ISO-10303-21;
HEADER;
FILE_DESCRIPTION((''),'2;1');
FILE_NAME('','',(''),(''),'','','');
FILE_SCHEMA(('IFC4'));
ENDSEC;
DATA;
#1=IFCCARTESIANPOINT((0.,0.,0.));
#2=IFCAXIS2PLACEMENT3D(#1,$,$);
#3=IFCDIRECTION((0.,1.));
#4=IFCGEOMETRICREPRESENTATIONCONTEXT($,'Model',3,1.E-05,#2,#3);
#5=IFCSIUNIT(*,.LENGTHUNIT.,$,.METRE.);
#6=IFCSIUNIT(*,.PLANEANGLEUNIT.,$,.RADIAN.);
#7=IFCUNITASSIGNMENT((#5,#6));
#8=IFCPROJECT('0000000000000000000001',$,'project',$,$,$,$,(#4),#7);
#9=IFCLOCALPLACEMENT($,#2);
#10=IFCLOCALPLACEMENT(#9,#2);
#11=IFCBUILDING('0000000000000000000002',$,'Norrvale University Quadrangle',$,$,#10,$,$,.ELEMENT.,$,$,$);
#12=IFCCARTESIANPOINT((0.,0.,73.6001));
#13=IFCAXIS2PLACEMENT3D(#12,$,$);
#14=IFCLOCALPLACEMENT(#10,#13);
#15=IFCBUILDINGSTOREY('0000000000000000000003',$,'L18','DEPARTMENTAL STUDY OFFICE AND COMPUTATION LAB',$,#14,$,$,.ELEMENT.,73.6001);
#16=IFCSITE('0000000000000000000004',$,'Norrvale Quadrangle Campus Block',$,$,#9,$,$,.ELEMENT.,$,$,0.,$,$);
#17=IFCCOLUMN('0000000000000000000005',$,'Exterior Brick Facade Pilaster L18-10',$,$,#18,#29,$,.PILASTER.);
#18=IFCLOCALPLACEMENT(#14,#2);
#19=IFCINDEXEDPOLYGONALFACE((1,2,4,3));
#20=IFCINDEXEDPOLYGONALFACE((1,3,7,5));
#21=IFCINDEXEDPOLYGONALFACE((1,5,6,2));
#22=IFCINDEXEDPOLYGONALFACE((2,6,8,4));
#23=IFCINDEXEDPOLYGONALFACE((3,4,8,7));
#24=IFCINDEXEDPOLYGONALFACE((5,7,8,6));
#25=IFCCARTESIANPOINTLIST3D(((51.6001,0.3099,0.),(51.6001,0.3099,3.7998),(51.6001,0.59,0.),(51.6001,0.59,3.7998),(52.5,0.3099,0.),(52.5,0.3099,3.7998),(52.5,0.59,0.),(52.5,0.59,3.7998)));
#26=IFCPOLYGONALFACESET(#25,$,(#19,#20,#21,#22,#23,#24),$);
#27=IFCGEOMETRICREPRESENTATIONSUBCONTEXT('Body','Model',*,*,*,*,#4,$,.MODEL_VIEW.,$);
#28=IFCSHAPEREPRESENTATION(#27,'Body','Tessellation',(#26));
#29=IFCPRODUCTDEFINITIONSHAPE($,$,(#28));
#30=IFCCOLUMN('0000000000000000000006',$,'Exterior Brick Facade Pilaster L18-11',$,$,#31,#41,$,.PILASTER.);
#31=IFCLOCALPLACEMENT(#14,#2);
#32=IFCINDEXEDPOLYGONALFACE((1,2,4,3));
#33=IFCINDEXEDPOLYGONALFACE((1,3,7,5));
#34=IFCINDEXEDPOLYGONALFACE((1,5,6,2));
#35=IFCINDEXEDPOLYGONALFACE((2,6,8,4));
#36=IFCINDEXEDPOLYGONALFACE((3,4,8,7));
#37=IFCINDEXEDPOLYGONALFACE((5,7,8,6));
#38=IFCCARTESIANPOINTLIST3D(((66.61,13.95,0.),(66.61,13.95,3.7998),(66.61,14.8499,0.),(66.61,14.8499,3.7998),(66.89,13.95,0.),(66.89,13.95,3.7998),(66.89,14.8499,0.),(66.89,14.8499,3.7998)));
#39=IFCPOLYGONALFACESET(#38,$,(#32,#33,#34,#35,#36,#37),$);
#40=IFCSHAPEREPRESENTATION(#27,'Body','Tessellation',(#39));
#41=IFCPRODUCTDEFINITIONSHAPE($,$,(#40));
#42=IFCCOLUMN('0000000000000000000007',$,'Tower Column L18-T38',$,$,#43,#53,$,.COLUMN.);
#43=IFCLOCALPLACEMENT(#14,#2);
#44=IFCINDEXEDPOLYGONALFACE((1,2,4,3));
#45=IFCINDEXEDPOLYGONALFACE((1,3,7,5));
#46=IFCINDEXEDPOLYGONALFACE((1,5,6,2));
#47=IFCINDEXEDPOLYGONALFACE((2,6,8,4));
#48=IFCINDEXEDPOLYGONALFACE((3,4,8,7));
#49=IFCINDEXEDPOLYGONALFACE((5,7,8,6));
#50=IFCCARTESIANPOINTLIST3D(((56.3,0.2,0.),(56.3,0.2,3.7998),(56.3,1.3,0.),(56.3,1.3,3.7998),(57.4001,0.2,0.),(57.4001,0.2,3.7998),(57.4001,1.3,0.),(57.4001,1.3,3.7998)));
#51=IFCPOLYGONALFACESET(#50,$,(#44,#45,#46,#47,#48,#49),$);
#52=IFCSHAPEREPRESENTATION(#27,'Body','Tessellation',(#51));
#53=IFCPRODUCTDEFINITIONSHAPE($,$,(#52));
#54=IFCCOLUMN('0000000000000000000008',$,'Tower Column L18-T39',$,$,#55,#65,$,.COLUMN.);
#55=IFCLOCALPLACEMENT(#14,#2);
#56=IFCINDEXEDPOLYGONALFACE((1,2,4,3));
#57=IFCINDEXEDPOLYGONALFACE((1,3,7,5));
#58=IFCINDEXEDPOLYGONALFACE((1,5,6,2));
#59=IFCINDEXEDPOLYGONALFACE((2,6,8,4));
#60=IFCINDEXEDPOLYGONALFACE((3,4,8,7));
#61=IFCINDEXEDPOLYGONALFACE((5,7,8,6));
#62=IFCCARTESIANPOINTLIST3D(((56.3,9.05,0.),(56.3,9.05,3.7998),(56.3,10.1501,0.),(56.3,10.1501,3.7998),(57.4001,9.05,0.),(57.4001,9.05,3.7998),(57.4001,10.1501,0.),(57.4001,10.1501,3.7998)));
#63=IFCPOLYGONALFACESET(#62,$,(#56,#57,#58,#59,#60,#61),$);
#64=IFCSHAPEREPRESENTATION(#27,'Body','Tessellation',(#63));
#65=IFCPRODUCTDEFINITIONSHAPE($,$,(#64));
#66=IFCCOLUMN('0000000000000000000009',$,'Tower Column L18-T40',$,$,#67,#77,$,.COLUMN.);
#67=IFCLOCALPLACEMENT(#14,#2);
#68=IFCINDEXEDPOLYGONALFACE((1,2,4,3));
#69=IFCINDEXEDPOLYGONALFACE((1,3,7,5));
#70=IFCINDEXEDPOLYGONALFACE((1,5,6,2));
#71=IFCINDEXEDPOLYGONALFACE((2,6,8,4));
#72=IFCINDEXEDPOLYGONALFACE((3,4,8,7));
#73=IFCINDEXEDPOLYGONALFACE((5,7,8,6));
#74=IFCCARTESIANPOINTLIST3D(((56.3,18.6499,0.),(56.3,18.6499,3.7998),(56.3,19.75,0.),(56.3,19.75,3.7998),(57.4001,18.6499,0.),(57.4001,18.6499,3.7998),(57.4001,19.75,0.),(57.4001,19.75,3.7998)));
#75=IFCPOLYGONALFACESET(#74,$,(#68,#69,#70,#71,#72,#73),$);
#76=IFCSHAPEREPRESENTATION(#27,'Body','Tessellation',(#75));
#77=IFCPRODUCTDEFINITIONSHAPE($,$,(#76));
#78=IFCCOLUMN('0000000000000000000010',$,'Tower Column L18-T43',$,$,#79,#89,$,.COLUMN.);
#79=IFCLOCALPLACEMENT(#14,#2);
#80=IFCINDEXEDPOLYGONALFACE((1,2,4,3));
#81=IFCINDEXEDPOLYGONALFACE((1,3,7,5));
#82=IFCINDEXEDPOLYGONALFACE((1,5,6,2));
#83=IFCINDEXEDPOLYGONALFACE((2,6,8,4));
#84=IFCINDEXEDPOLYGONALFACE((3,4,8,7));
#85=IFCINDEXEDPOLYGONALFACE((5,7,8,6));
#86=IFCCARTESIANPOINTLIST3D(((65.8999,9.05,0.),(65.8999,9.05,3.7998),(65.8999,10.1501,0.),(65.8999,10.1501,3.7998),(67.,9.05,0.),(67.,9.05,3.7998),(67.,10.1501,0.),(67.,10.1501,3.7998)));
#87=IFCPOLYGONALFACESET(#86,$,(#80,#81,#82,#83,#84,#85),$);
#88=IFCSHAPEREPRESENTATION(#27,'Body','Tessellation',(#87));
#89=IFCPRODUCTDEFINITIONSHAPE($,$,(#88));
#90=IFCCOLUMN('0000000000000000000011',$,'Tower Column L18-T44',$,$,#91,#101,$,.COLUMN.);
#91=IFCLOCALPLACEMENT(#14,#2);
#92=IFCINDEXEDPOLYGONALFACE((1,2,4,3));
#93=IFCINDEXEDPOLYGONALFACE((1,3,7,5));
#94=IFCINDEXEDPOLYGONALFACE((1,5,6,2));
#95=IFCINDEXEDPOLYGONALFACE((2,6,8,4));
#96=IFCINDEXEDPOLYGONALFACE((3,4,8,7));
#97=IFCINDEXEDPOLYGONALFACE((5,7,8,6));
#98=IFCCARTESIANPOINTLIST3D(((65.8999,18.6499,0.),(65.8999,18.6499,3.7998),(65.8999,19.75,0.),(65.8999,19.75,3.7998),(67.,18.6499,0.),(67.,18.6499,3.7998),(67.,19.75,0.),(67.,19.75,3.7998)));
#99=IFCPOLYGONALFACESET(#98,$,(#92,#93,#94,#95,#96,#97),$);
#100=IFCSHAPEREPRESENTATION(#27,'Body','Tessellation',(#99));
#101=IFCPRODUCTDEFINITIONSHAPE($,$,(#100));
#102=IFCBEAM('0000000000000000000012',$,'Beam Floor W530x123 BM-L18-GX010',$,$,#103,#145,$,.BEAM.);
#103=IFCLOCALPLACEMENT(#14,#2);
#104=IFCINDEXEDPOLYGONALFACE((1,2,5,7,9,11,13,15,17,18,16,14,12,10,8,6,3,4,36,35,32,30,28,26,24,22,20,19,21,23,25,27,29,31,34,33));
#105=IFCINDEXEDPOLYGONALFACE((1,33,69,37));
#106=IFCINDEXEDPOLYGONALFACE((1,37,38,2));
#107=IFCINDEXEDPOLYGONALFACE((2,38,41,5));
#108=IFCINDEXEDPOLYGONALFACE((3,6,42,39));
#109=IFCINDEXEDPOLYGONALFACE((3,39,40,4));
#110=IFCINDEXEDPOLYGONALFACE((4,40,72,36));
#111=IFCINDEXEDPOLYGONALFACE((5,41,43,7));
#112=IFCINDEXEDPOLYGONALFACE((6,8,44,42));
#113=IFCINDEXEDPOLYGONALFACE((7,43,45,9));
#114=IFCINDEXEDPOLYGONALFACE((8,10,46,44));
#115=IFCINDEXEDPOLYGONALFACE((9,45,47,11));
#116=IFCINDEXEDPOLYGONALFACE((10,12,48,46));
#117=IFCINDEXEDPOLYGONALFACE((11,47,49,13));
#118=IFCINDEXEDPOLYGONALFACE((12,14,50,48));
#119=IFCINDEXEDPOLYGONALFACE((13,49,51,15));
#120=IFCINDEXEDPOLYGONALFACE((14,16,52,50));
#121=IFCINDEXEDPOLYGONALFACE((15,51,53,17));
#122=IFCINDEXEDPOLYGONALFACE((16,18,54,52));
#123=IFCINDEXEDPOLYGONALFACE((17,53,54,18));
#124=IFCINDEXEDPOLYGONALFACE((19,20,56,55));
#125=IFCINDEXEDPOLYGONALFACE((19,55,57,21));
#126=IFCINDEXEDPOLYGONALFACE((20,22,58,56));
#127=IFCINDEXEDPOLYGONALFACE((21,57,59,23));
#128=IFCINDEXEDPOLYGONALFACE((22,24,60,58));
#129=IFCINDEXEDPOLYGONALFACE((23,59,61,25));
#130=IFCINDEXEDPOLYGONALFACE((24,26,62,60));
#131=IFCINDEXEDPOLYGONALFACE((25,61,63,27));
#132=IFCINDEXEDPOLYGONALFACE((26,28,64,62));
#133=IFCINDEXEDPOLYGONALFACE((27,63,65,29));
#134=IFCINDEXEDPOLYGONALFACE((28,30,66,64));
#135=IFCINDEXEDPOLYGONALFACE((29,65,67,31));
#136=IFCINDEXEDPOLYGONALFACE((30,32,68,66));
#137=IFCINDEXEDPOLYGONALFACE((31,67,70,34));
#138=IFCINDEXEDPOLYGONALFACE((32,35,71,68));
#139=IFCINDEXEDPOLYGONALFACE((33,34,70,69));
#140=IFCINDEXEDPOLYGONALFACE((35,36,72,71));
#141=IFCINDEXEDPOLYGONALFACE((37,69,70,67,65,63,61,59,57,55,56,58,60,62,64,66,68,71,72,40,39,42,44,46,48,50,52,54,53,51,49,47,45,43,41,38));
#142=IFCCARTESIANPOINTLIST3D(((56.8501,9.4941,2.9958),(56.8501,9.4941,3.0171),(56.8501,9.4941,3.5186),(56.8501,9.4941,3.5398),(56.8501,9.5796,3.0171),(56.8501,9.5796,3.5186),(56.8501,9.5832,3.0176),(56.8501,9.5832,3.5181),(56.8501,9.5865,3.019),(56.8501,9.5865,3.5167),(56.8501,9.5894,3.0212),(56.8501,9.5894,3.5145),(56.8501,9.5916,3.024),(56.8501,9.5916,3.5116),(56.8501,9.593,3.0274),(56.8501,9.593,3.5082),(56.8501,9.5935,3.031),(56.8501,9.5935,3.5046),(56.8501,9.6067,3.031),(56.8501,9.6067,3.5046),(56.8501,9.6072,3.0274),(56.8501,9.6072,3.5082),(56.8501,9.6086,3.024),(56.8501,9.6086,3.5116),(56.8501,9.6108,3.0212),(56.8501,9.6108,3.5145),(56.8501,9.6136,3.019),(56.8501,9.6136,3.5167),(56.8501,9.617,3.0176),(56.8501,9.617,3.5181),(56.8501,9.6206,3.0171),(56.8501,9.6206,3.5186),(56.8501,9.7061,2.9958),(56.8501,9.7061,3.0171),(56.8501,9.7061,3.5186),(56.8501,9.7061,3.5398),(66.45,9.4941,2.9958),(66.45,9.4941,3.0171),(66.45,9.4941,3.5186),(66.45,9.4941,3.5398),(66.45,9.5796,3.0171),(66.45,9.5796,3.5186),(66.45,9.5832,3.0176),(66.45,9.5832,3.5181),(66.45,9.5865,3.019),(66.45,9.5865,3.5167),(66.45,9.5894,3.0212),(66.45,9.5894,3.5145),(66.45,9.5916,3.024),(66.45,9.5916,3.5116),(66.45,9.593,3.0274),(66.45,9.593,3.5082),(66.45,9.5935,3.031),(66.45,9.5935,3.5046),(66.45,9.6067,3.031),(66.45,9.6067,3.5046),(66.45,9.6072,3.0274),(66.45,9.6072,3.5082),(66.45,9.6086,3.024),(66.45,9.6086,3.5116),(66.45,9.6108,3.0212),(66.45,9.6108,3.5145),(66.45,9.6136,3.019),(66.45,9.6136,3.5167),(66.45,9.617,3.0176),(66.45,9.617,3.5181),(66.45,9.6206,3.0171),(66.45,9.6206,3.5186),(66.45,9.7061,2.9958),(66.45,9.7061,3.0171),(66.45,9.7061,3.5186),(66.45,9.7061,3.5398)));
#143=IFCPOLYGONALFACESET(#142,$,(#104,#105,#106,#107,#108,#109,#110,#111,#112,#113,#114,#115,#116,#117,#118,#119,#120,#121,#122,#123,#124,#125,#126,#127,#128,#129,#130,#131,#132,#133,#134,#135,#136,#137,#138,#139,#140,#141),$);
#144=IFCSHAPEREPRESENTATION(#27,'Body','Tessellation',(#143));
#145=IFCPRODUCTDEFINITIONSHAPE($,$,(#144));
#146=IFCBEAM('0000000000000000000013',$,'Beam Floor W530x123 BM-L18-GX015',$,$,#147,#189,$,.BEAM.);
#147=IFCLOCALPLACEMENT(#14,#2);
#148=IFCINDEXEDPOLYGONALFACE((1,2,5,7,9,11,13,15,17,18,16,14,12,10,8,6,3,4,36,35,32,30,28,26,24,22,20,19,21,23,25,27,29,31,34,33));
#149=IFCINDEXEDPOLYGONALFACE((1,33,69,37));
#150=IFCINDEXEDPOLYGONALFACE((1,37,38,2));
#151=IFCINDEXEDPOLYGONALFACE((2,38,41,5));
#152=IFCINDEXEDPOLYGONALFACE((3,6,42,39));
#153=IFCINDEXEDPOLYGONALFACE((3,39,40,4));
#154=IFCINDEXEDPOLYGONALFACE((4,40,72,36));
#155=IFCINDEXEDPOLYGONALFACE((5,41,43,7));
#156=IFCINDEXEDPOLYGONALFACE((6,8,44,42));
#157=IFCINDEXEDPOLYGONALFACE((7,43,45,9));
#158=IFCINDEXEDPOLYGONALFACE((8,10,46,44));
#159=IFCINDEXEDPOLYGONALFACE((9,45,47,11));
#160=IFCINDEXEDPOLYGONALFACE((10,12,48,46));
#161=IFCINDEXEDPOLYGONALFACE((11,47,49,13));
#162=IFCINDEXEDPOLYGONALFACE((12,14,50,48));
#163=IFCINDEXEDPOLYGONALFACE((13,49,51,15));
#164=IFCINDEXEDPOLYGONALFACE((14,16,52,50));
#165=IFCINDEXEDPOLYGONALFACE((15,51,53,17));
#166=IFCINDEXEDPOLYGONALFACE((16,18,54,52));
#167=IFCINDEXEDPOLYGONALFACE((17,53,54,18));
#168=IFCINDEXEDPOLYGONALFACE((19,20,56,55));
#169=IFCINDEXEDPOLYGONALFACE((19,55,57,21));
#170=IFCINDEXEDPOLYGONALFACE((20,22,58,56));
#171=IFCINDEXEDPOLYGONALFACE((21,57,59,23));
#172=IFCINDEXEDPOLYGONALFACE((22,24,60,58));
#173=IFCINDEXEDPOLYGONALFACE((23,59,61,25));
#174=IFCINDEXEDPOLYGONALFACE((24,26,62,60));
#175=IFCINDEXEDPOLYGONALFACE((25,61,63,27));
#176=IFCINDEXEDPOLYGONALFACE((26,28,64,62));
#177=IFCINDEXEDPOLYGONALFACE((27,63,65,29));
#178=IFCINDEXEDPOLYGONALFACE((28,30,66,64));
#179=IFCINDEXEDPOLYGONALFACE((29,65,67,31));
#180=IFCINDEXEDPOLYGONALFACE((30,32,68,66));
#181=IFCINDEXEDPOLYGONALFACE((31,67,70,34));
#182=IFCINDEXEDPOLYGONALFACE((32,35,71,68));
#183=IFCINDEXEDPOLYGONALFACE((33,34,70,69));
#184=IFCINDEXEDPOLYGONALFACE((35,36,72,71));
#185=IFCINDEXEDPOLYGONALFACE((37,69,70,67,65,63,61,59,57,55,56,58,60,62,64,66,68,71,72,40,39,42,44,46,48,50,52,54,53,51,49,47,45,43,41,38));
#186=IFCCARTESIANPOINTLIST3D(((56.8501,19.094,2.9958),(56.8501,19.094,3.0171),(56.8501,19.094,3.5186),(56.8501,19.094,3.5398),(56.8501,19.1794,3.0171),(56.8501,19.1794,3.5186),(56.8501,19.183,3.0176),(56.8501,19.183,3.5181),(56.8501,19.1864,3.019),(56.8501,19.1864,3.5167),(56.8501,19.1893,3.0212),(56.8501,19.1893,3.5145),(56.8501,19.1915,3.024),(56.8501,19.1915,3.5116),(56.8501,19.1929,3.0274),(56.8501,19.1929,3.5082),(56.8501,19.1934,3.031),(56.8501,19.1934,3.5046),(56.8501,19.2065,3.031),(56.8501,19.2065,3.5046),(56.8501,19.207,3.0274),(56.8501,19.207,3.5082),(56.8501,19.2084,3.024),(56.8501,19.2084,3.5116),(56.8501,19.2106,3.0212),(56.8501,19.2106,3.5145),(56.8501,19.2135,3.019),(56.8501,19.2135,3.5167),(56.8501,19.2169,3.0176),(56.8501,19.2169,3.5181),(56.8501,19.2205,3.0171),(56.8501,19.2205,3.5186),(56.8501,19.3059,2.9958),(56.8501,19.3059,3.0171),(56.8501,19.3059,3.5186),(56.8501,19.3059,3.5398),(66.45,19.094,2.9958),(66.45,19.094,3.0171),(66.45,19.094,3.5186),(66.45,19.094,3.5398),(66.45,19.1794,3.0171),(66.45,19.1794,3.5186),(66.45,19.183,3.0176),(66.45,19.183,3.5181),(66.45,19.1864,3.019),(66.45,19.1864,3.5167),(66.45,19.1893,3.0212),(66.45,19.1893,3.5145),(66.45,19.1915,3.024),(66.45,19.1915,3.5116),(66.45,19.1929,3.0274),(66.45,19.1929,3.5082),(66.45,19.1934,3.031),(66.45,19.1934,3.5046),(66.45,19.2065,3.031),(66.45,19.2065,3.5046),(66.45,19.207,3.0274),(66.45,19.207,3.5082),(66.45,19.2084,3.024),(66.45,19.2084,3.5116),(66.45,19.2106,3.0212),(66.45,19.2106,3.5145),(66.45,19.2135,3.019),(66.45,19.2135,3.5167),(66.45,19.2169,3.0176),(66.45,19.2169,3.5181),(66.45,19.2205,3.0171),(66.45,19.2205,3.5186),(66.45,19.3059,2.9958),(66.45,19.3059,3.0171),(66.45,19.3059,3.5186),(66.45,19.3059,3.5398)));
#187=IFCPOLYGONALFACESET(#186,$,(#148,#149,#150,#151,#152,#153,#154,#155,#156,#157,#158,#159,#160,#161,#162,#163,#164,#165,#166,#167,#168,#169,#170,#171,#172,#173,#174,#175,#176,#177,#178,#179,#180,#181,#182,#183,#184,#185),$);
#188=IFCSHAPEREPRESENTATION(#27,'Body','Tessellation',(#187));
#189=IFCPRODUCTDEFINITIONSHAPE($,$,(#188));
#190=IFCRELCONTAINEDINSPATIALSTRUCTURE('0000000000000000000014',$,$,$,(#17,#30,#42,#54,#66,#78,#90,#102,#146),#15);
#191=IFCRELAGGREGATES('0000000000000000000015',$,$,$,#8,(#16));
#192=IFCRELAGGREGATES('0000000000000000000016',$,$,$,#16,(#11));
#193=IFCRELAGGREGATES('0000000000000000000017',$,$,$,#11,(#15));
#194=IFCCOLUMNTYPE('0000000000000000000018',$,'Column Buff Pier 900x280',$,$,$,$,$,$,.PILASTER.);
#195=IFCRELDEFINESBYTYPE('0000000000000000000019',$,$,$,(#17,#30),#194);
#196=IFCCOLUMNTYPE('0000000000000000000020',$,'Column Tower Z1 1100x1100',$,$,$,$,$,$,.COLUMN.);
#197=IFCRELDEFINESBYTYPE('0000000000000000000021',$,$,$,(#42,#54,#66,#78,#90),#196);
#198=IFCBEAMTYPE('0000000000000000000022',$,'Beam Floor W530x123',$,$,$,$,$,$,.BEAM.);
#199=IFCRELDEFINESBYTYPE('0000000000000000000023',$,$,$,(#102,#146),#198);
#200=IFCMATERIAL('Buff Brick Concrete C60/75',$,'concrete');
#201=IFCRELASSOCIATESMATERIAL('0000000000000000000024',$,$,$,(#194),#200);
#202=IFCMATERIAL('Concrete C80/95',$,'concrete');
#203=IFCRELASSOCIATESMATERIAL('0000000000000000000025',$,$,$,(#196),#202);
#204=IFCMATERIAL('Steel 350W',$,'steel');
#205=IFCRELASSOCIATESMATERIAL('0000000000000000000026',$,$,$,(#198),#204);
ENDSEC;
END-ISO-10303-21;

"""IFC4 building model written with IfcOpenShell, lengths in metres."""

from ifc_helpers import new_model, si_unit, direction, frame, origin, origin_2d, place, context, subcontext, project, spatial, rectangle, i_section, extrude, material, material_profile, profile_set, type_object, element, save


model = new_model("IFC4")

# Units and contexts
model_context = context("Model", 3, precision=1e-05, world=origin(), true_north=direction((0.0, 1.0)))
body_context = subcontext(model_context, "Body", "Model", "MODEL_VIEW")
ifc_project = project(units=[si_unit("LENGTHUNIT", "METRE"), si_unit("PLANEANGLEUNIT", "RADIAN")], contexts=[model_context])

# Site, building, storey
site_placement = place(None, origin())
site = spatial("IfcSite", under=ifc_project, at=site_placement, Name="Norrvale Quadrangle Campus Block", CompositionType="ELEMENT", RefElevation=0.0)
building_placement = place(site_placement, origin())
building = spatial("IfcBuilding", under=site, at=building_placement, Name="Norrvale University Quadrangle", CompositionType="ELEMENT")
storey_placement = place(building_placement, frame((0.0, 0.0, 73.6001)))
storey = spatial("IfcBuildingStorey", under=building, at=storey_placement, Name="L18", Description="DEPARTMENTAL STUDY OFFICE AND COMPUTATION LAB", CompositionType="ELEMENT", Elevation=73.6001)

# Columns
ifc_material_1 = material(Name="Buff Brick Concrete C60/75", Category="concrete")
ifc_material_profile_1 = material_profile(ifc_material_1, rectangle(XDim=0.8999, YDim=0.28, at=origin_2d()), Name="Buff Brick Concrete C60/75")
ifc_profile_set_1 = profile_set([ifc_material_profile_1], Name="Buff Brick Concrete C60/75")
column_type_1 = type_object("IfcColumnType", Name="Column Buff Pier 900x280", PredefinedType="PILASTER", material=ifc_profile_set_1)
for number, where, z_axis, x_axis, name in (
    (1, (52.05, 0.45, 0.0), (0.0, 0.0, 1.0), (1.0, 0.0, 0.0), "Exterior Brick Facade Pilaster L18-10"),
    (2, (66.75, 14.3999, 0.0), (0.0, 0.0, 1.0), (0.0, 1.0, 0.0), "Exterior Brick Facade Pilaster L18-11"),
):
    element("IfcColumn", number, at=place(storey_placement, frame(where, z_axis=z_axis, x_axis=x_axis)), inside=storey, type_object=column_type_1, Name=name, PredefinedType="PILASTER", context=body_context, shape_type="SweptSolid", body=[
        extrude(rectangle(XDim=0.8999, YDim=0.28, at=origin_2d()), origin(), (0.0, 0.0, 1.0), 3.7998),
    ])
ifc_material_2 = material(Name="Concrete C80/95", Category="concrete")
ifc_material_profile_2 = material_profile(ifc_material_2, rectangle(XDim=1.1001, YDim=1.1001, at=origin_2d()), Name="Concrete C80/95")
ifc_profile_set_2 = profile_set([ifc_material_profile_2], Name="Concrete C80/95")
column_type_2 = type_object("IfcColumnType", Name="Column Tower Z1 1100x1100", PredefinedType="COLUMN", material=ifc_profile_set_2)
for number, where, z_axis, x_axis, name in (
    (3, (56.8501, 0.75, 0.0), (0.0, 0.0, 1.0), (1.0, 0.0, 0.0), "Tower Column L18-T38"),
    (4, (56.8501, 9.6001, 0.0), (0.0, 0.0, 1.0), (1.0, 0.0, 0.0), "Tower Column L18-T39"),
    (5, (56.8501, 19.2, 0.0), (0.0, 0.0, 1.0), (1.0, 0.0, 0.0), "Tower Column L18-T40"),
    (6, (66.45, 9.6001, 0.0), (0.0, 0.0, 1.0), (1.0, 0.0, 0.0), "Tower Column L18-T43"),
    (7, (66.45, 19.2, 0.0), (0.0, 0.0, 1.0), (1.0, 0.0, 0.0), "Tower Column L18-T44"),
):
    element("IfcColumn", number, at=place(storey_placement, frame(where, z_axis=z_axis, x_axis=x_axis)), inside=storey, type_object=column_type_2, Name=name, PredefinedType="COLUMN", context=body_context, shape_type="SweptSolid", body=[
        extrude(rectangle(XDim=1.1001, YDim=1.1001, at=origin_2d()), origin(), (0.0, 0.0, 1.0), 3.7998),
    ])

# Beams
ifc_material_3 = material(Name="Steel 350W", Category="steel")
ifc_material_profile_3 = material_profile(ifc_material_3, i_section(OverallWidth=0.2119, OverallDepth=0.5439, WebThickness=0.0132, FlangeThickness=0.0212, FilletRadius=0.0139, at=origin_2d()), Name="Steel 350W")
ifc_profile_set_3 = profile_set([ifc_material_profile_3], Name="Steel 350W")
beam_type_1 = type_object("IfcBeamType", Name="Beam Floor W530x123", PredefinedType="BEAM", material=ifc_profile_set_3)
for number, where, z_axis, x_axis, name in (
    (8, (56.8501, 9.6001, 3.2678), (1.0, 0.0, 0.0), (0.0, 1.0, 0.0), "Beam Floor W530x123 BM-L18-GX010"),
    (9, (56.8501, 19.2, 3.2678), (1.0, 0.0, 0.0), (0.0, 1.0, 0.0), "Beam Floor W530x123 BM-L18-GX015"),
):
    element("IfcBeam", number, at=place(storey_placement, frame(where, z_axis=z_axis, x_axis=x_axis)), inside=storey, type_object=beam_type_1, Name=name, PredefinedType="BEAM", context=body_context, shape_type="SweptSolid", body=[
        extrude(i_section(OverallWidth=0.2119, OverallDepth=0.5439, WebThickness=0.0132, FlangeThickness=0.0212, FilletRadius=0.0139, at=origin_2d()), origin(), (0.0, 0.0, 1.0), 9.5999),
    ])

save(model, "model.ifc")
